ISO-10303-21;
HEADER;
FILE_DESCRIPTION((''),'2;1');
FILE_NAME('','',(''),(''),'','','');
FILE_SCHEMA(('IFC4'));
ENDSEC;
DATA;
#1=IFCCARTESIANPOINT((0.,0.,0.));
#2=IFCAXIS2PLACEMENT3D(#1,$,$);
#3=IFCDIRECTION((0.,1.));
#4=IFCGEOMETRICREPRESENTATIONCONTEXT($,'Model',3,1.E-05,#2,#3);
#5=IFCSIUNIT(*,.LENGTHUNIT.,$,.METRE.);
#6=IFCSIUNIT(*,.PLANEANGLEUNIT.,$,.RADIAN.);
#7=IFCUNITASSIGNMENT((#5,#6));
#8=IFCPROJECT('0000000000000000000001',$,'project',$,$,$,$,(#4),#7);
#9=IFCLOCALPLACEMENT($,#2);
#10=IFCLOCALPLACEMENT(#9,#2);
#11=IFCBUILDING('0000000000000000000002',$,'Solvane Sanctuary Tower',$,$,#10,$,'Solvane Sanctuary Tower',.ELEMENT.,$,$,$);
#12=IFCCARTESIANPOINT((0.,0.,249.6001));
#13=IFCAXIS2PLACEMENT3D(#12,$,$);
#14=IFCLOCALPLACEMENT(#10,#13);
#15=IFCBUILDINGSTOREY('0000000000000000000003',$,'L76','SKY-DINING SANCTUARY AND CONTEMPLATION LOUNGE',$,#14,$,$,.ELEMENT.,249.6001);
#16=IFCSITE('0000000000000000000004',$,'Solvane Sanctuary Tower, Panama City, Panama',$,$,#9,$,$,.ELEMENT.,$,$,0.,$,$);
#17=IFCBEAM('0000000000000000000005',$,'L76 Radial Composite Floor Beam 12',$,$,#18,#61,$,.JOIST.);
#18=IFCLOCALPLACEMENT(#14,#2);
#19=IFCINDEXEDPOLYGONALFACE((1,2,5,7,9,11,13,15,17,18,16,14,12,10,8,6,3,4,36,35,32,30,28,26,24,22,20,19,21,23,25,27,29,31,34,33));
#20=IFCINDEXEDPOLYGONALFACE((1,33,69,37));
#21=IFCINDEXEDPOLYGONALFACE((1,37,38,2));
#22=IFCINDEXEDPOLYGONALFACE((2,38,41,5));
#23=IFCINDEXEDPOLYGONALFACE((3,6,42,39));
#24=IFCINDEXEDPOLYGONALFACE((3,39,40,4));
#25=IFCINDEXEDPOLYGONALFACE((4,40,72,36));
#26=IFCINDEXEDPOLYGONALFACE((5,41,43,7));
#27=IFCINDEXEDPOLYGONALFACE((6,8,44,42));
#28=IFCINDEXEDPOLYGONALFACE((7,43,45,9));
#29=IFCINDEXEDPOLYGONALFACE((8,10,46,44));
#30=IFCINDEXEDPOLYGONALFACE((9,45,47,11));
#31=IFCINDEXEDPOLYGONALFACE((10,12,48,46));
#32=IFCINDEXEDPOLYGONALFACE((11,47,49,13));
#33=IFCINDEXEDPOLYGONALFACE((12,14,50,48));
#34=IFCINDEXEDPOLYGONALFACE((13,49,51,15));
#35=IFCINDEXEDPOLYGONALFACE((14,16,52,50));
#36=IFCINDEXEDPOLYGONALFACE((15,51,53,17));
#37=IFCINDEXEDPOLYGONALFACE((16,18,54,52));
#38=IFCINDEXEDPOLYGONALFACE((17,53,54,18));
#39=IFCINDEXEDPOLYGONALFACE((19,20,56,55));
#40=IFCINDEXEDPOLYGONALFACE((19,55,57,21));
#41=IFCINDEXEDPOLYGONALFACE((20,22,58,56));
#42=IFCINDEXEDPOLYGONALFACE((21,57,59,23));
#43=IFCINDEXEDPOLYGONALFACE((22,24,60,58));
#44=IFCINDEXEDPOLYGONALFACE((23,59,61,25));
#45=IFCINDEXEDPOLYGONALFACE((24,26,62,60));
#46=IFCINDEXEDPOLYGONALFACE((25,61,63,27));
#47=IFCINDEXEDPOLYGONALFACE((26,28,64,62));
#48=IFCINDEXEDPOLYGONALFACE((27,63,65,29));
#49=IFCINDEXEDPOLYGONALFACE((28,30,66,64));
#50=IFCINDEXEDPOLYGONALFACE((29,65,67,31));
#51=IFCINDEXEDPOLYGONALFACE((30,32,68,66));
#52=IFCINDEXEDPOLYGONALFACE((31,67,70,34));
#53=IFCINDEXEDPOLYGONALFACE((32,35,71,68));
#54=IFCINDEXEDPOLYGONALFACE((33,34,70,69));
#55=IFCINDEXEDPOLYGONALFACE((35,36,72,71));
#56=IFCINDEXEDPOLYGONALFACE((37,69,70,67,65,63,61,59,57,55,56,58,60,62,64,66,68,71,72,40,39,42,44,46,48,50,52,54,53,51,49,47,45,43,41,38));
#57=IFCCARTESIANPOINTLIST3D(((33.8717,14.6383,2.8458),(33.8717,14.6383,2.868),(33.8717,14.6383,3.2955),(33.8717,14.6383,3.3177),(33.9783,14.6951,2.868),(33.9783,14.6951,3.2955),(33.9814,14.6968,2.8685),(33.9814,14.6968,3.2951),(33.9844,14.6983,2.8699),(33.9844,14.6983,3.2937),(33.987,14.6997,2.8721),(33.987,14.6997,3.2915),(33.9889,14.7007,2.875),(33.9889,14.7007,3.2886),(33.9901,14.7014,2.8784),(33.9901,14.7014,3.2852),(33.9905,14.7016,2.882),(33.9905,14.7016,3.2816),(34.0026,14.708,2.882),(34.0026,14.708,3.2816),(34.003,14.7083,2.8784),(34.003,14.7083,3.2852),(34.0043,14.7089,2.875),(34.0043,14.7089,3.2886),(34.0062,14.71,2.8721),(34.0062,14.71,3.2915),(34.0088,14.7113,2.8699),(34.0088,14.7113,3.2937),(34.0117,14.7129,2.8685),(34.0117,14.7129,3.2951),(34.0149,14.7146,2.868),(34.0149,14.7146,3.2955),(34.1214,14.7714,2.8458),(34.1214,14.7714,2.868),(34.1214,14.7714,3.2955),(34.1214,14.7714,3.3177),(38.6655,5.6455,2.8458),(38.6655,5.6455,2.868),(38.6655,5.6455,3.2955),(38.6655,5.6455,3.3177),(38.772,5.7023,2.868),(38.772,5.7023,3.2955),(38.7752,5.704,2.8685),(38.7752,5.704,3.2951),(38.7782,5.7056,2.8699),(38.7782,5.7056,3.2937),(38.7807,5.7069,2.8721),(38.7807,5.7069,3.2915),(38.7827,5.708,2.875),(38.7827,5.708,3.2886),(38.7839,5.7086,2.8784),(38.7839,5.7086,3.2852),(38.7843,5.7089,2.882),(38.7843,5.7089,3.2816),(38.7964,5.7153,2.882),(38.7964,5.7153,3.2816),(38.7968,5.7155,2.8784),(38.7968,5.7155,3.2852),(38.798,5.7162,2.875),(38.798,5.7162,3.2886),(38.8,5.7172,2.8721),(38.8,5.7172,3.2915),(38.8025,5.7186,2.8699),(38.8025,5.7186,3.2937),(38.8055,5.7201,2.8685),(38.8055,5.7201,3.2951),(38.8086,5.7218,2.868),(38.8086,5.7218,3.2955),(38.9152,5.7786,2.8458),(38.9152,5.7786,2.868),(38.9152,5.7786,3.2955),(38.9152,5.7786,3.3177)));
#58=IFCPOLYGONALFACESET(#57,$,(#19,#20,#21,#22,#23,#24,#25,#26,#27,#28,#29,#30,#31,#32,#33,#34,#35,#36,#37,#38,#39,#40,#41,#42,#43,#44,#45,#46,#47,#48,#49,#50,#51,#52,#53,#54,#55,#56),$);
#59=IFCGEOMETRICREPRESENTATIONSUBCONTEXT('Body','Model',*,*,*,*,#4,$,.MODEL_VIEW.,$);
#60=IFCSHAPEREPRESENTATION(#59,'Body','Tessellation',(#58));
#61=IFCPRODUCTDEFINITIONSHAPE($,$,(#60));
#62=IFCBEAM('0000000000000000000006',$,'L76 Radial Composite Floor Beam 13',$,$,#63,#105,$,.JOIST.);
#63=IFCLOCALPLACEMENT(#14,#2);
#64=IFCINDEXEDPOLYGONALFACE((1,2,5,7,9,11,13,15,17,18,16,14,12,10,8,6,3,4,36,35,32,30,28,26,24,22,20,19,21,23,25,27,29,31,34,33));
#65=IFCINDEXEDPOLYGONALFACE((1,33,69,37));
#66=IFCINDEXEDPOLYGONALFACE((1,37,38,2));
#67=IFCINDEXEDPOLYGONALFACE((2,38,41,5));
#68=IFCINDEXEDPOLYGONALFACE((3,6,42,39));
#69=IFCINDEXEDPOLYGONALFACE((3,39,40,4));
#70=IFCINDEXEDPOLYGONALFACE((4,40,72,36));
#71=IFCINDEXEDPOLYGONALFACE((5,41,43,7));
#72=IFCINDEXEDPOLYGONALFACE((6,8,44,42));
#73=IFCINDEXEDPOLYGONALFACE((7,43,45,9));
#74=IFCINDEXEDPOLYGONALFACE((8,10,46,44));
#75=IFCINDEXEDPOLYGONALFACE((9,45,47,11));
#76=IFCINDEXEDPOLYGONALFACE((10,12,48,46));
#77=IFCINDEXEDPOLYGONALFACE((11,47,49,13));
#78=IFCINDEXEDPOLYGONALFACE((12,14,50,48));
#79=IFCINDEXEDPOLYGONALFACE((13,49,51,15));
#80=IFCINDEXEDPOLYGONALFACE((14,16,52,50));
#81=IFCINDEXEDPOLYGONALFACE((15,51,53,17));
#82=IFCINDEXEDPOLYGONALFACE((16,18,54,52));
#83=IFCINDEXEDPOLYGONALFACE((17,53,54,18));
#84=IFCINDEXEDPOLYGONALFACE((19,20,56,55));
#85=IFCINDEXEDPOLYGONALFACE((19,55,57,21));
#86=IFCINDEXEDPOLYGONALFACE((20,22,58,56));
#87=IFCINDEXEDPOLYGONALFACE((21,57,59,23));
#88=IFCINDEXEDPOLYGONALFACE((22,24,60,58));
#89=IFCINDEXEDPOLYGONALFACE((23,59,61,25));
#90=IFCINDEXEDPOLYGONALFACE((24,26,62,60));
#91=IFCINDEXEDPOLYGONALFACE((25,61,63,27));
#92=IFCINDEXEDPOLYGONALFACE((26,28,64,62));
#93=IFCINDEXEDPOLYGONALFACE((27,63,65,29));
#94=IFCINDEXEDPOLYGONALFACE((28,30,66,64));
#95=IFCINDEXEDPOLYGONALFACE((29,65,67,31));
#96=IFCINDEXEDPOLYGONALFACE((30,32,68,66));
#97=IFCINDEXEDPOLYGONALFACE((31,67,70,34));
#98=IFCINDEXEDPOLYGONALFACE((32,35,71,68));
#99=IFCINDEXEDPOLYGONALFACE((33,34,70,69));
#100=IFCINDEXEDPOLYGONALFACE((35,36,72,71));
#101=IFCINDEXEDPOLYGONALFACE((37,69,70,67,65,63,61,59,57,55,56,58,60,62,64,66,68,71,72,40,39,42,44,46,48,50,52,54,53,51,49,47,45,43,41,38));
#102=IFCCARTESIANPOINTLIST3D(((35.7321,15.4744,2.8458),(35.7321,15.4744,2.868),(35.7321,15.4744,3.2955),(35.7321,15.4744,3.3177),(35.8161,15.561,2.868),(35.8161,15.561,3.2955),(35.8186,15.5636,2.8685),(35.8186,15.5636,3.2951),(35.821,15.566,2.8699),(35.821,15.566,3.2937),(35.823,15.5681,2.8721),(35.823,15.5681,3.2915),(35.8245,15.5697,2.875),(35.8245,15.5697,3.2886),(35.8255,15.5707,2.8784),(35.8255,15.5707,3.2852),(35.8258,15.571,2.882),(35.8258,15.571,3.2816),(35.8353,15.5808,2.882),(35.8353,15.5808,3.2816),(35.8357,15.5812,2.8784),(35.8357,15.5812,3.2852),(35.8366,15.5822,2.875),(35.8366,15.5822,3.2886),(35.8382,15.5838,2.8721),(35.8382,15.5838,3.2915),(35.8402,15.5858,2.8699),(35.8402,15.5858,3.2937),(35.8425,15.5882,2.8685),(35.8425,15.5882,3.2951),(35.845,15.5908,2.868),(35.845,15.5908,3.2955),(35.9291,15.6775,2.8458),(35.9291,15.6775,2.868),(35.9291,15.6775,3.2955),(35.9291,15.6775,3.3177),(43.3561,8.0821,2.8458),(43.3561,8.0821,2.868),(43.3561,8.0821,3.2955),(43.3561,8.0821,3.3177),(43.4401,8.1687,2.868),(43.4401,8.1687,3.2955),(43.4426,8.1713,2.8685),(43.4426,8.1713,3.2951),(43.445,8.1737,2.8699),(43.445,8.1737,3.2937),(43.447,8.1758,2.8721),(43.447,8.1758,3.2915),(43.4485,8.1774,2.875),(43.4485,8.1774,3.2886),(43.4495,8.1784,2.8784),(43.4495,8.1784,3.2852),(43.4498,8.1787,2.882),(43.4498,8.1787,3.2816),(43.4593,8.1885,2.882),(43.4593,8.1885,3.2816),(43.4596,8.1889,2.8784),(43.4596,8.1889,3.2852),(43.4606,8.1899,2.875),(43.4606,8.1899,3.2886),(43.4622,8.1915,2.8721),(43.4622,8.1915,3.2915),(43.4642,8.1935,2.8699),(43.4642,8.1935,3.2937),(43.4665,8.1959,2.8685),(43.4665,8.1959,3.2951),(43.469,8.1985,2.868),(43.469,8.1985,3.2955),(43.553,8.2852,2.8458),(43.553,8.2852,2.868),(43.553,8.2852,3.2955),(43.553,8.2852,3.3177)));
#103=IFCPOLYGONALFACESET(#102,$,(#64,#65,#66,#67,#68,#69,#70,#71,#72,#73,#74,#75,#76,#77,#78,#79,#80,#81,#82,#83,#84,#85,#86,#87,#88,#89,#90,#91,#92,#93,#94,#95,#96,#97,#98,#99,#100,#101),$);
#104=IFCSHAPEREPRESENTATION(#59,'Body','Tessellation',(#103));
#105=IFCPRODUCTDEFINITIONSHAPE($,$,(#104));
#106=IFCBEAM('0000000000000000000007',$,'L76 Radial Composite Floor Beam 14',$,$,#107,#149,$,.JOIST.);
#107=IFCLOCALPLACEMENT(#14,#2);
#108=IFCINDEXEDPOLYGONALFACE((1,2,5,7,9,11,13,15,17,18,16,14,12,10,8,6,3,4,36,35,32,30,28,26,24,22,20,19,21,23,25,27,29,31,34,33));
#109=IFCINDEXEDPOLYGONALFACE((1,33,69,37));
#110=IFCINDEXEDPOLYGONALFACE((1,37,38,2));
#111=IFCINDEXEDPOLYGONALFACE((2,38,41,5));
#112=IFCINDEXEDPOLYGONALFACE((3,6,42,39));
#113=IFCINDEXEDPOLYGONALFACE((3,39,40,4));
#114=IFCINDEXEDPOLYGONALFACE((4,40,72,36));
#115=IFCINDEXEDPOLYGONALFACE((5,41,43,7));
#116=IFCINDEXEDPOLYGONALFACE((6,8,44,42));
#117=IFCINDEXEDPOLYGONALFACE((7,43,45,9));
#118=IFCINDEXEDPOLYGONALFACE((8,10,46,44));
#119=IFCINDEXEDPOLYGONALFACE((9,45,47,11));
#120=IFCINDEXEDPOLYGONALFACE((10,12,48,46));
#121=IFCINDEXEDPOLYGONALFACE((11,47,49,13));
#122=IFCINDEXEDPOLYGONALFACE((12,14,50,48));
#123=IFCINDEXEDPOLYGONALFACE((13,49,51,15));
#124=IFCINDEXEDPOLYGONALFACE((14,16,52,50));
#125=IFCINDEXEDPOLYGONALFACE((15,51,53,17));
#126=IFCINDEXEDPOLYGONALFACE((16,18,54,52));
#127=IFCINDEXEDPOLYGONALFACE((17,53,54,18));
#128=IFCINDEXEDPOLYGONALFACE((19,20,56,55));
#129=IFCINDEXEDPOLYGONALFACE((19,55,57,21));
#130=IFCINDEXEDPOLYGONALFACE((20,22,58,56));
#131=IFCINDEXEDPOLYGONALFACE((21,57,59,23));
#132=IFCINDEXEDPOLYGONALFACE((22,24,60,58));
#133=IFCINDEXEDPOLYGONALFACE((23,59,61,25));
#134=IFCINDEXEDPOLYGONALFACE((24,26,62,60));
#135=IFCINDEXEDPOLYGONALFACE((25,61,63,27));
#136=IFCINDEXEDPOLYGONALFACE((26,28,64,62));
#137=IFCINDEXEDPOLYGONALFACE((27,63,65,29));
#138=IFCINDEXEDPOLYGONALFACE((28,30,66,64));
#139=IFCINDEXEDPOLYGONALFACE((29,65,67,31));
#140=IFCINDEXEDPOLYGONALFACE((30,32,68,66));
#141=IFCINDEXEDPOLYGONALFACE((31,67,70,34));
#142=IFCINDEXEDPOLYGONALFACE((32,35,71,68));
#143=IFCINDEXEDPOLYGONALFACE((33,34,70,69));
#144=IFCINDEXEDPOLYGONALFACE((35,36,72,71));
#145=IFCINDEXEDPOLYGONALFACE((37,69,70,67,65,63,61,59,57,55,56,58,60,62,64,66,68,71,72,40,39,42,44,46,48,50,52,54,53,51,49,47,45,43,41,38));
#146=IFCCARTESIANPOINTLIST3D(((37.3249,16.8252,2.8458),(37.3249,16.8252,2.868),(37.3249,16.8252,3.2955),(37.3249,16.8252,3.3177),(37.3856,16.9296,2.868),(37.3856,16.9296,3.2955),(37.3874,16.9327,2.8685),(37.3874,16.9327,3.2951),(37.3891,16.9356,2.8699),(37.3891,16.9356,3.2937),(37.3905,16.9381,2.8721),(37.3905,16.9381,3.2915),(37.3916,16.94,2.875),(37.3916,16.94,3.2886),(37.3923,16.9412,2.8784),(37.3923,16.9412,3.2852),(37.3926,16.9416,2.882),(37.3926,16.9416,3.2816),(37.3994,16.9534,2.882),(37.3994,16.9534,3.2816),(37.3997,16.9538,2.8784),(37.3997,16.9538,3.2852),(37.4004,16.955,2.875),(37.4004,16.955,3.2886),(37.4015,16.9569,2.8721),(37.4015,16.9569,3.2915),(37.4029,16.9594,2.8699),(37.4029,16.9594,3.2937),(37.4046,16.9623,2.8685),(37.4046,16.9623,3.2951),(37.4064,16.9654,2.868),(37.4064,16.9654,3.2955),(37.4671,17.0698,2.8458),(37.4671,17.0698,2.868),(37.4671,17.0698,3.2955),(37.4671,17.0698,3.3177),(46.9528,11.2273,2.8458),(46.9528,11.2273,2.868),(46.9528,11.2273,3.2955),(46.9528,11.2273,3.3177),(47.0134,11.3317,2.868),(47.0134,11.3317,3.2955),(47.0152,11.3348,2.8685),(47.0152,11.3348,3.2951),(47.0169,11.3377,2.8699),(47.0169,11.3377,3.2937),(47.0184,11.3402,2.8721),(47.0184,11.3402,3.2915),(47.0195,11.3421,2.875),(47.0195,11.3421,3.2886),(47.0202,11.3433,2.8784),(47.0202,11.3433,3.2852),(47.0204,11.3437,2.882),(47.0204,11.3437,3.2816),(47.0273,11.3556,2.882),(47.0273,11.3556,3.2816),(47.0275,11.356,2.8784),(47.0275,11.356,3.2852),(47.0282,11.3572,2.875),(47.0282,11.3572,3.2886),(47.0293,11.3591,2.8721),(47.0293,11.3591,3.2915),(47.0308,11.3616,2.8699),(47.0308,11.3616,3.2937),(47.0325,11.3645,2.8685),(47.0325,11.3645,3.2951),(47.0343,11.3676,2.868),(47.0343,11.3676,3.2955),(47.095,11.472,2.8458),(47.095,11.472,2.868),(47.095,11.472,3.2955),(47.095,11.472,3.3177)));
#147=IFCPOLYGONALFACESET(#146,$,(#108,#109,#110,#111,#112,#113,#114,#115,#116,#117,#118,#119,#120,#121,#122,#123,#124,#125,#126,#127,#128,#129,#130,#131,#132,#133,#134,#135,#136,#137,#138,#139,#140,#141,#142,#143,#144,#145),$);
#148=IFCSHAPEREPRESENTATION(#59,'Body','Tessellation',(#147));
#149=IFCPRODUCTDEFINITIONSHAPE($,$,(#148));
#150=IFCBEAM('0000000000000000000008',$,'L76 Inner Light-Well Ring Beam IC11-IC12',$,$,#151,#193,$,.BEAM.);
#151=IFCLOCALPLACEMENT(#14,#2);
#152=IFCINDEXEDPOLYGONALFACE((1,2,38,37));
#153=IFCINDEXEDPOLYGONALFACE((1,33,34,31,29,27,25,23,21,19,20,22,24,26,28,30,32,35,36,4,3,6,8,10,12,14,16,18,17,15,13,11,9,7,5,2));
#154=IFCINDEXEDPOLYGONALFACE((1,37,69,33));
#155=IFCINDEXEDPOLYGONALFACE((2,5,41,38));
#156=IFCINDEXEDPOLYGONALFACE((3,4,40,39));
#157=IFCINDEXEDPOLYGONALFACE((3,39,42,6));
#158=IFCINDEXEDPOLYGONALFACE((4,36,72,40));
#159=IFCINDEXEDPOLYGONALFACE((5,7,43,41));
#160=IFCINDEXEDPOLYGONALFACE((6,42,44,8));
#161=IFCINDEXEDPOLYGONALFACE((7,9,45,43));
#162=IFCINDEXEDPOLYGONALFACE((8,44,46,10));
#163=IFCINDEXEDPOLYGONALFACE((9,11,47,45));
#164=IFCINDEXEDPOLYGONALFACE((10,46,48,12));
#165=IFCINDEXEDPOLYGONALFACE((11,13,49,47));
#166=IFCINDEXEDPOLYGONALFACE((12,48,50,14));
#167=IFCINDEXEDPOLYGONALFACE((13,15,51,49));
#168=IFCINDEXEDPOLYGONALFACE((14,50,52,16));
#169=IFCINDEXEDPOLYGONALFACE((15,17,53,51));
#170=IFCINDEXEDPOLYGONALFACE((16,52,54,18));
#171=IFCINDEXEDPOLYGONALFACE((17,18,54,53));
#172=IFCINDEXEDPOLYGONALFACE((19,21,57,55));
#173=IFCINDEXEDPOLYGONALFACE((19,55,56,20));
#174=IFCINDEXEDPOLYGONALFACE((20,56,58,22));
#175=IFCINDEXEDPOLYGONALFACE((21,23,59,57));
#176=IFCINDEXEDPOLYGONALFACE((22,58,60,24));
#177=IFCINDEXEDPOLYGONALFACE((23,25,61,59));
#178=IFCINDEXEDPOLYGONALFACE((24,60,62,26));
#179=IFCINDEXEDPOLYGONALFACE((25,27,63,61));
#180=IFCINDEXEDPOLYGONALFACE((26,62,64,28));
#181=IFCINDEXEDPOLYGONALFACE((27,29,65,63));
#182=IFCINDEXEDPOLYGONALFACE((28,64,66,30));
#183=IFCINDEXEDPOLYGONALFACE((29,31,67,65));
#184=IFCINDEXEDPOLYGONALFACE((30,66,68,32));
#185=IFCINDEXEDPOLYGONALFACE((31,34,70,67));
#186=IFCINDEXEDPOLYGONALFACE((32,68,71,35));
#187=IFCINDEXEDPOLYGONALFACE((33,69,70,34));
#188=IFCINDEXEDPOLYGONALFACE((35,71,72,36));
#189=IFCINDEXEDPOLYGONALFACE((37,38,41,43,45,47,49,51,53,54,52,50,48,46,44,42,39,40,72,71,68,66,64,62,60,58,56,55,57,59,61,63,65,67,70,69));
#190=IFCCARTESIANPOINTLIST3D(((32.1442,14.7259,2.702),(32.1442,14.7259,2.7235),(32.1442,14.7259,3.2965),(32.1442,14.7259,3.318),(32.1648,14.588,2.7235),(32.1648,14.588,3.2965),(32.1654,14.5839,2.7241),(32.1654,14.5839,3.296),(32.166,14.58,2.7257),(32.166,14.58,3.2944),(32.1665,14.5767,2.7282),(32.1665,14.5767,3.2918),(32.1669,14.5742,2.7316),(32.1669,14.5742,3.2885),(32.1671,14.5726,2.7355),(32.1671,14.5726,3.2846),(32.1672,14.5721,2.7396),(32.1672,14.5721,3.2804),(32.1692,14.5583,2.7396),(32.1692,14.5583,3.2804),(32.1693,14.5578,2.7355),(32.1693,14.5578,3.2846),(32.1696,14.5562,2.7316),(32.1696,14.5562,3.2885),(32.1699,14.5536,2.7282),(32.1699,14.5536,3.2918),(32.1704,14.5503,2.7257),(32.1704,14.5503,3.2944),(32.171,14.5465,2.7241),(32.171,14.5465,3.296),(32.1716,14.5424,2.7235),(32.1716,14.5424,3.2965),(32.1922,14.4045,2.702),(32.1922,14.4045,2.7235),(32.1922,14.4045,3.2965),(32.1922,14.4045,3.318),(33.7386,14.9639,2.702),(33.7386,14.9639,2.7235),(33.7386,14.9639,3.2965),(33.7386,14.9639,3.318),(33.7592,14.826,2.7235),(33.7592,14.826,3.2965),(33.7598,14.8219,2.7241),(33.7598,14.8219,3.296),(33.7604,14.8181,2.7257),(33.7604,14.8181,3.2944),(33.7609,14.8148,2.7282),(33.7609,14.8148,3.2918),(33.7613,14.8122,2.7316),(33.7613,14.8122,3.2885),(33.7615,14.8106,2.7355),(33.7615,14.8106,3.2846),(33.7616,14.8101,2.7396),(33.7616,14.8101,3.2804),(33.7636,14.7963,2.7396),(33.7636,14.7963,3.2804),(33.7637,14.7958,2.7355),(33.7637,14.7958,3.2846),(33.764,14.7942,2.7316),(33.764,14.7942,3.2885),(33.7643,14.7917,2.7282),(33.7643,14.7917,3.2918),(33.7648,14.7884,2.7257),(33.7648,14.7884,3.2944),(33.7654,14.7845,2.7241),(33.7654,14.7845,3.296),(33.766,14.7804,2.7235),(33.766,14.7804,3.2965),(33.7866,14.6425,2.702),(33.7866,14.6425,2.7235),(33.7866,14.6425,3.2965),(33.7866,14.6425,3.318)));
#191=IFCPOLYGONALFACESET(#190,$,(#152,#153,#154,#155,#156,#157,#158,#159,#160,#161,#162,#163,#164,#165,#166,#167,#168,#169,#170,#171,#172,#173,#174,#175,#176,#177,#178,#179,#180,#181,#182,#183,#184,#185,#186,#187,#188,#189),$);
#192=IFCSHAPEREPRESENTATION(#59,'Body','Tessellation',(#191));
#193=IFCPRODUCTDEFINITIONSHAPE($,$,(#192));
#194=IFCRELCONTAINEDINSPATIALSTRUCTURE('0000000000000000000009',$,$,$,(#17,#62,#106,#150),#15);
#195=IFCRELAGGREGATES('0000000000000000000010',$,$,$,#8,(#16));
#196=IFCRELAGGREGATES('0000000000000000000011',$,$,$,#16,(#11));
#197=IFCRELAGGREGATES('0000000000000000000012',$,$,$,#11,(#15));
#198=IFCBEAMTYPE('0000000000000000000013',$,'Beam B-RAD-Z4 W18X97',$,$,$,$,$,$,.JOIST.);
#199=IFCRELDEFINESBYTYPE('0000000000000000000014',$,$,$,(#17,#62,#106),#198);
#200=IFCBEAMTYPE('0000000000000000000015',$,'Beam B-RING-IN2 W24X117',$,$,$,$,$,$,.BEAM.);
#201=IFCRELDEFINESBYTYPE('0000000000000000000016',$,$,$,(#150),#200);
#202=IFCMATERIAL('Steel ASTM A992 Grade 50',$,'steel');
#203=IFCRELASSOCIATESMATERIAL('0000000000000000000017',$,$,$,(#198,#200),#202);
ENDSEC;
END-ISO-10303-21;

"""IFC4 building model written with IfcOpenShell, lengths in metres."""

from ifc_helpers import new_model, si_unit, direction, frame, origin, origin_2d, place, context, subcontext, project, spatial, i_section, extrude, material, material_profile, profile_set, type_object, element, save


model = new_model("IFC4")

# Units and contexts
model_context = context("Model", 3, precision=1e-05, world=origin(), true_north=direction((0.0, 1.0)))
body_context = subcontext(model_context, "Body", "Model", "MODEL_VIEW")
ifc_project = project(units=[si_unit("LENGTHUNIT", "METRE"), si_unit("PLANEANGLEUNIT", "RADIAN")], contexts=[model_context])

# Site, building, storey
site_placement = place(None, origin())
site = spatial("IfcSite", under=ifc_project, at=site_placement, Name="Solvane Sanctuary Tower, Panama City, Panama", CompositionType="ELEMENT", RefElevation=0.0)
building_placement = place(site_placement, origin())
building = spatial("IfcBuilding", under=site, at=building_placement, Name="Solvane Sanctuary Tower", LongName="Solvane Sanctuary Tower", CompositionType="ELEMENT")
storey_placement = place(building_placement, frame((0.0, 0.0, 249.6001)))
storey = spatial("IfcBuildingStorey", under=building, at=storey_placement, Name="L76", Description="SKY-DINING SANCTUARY AND CONTEMPLATION LOUNGE", CompositionType="ELEMENT", Elevation=249.6001)

# Beams
ifc_material_1 = material(Name="Steel ASTM A992 Grade 50", Category="steel")
ifc_material_profile_1 = material_profile(ifc_material_1, i_section(OverallWidth=0.283, OverallDepth=0.4719, WebThickness=0.0137, FlangeThickness=0.0222, FilletRadius=0.0139, at=origin_2d()), Name="W18X97")
ifc_profile_set_1 = profile_set([ifc_material_profile_1], Name="Steel ASTM A992 Grade 50")
beam_type_1 = type_object("IfcBeamType", Name="Beam B-RAD-Z4 W18X97", PredefinedType="JOIST", material=ifc_profile_set_1)
beam_1_placement = place(storey_placement, frame((33.9966, 14.7048, 3.0818), z_axis=(0.470405, -0.88245, 0.0), x_axis=(0.88245, 0.470405, 0.0)))
element("IfcBeam", 1, at=beam_1_placement, inside=storey, type_object=beam_type_1, Name="L76 Radial Composite Floor Beam 12", PredefinedType="JOIST", context=body_context, shape_type="SweptSolid", body=[
    extrude(i_section(OverallWidth=0.283, OverallDepth=0.4719, WebThickness=0.0137, FlangeThickness=0.0222, FilletRadius=0.0139, at=origin_2d()), origin(), (0.0, 0.0, 1.0), 10.1907),
])
beam_2_placement = place(storey_placement, frame((35.8306, 15.5759, 3.0818), z_axis=(0.717931, -0.696114, 0.0), x_axis=(0.696114, 0.717931, 0.0)))
element("IfcBeam", 2, at=beam_2_placement, inside=storey, type_object=beam_type_1, Name="L76 Radial Composite Floor Beam 13", PredefinedType="JOIST", context=body_context, shape_type="SweptSolid", body=[
    extrude(i_section(OverallWidth=0.283, OverallDepth=0.4719, WebThickness=0.0137, FlangeThickness=0.0222, FilletRadius=0.0139, at=origin_2d()), origin(), (0.0, 0.0, 1.0), 10.6194),
])
beam_3_placement = place(storey_placement, frame((37.396, 16.9475, 3.0818), z_axis=(0.864497, -0.502638, 0.0), x_axis=(0.502638, 0.864497, 0.0)))
element("IfcBeam", 3, at=beam_3_placement, inside=storey, type_object=beam_type_1, Name="L76 Radial Composite Floor Beam 14", PredefinedType="JOIST", context=body_context, shape_type="SweptSolid", body=[
    extrude(i_section(OverallWidth=0.283, OverallDepth=0.4719, WebThickness=0.0137, FlangeThickness=0.0222, FilletRadius=0.0139, at=origin_2d()), origin(), (0.0, 0.0, 1.0), 11.137),
])
ifc_material_profile_2 = material_profile(ifc_material_1, i_section(OverallWidth=0.325, OverallDepth=0.616, WebThickness=0.0139, FlangeThickness=0.0215, FilletRadius=0.0161, at=origin_2d()), Name="W24X117")
ifc_profile_set_2 = profile_set([ifc_material_profile_2], Name="Steel ASTM A992 Grade 50")
beam_type_2 = type_object("IfcBeamType", Name="Beam B-RING-IN2 W24X117", PredefinedType="BEAM", material=ifc_profile_set_2)
beam_4_placement = place(storey_placement, frame((32.1682, 14.5652, 3.01), z_axis=(0.989039, 0.147652, 0.0), x_axis=(-0.147652, 0.989039, 0.0)))
element("IfcBeam", 4, at=beam_4_placement, inside=storey, type_object=beam_type_2, Name="L76 Inner Light-Well Ring Beam IC11-IC12", PredefinedType="BEAM", context=body_context, shape_type="SweptSolid", body=[
    extrude(i_section(OverallWidth=0.325, OverallDepth=0.616, WebThickness=0.0139, FlangeThickness=0.0215, FilletRadius=0.0161, at=origin_2d()), origin(), (0.0, 0.0, 1.0), 1.6121),
])

save(model, "model.ifc")
